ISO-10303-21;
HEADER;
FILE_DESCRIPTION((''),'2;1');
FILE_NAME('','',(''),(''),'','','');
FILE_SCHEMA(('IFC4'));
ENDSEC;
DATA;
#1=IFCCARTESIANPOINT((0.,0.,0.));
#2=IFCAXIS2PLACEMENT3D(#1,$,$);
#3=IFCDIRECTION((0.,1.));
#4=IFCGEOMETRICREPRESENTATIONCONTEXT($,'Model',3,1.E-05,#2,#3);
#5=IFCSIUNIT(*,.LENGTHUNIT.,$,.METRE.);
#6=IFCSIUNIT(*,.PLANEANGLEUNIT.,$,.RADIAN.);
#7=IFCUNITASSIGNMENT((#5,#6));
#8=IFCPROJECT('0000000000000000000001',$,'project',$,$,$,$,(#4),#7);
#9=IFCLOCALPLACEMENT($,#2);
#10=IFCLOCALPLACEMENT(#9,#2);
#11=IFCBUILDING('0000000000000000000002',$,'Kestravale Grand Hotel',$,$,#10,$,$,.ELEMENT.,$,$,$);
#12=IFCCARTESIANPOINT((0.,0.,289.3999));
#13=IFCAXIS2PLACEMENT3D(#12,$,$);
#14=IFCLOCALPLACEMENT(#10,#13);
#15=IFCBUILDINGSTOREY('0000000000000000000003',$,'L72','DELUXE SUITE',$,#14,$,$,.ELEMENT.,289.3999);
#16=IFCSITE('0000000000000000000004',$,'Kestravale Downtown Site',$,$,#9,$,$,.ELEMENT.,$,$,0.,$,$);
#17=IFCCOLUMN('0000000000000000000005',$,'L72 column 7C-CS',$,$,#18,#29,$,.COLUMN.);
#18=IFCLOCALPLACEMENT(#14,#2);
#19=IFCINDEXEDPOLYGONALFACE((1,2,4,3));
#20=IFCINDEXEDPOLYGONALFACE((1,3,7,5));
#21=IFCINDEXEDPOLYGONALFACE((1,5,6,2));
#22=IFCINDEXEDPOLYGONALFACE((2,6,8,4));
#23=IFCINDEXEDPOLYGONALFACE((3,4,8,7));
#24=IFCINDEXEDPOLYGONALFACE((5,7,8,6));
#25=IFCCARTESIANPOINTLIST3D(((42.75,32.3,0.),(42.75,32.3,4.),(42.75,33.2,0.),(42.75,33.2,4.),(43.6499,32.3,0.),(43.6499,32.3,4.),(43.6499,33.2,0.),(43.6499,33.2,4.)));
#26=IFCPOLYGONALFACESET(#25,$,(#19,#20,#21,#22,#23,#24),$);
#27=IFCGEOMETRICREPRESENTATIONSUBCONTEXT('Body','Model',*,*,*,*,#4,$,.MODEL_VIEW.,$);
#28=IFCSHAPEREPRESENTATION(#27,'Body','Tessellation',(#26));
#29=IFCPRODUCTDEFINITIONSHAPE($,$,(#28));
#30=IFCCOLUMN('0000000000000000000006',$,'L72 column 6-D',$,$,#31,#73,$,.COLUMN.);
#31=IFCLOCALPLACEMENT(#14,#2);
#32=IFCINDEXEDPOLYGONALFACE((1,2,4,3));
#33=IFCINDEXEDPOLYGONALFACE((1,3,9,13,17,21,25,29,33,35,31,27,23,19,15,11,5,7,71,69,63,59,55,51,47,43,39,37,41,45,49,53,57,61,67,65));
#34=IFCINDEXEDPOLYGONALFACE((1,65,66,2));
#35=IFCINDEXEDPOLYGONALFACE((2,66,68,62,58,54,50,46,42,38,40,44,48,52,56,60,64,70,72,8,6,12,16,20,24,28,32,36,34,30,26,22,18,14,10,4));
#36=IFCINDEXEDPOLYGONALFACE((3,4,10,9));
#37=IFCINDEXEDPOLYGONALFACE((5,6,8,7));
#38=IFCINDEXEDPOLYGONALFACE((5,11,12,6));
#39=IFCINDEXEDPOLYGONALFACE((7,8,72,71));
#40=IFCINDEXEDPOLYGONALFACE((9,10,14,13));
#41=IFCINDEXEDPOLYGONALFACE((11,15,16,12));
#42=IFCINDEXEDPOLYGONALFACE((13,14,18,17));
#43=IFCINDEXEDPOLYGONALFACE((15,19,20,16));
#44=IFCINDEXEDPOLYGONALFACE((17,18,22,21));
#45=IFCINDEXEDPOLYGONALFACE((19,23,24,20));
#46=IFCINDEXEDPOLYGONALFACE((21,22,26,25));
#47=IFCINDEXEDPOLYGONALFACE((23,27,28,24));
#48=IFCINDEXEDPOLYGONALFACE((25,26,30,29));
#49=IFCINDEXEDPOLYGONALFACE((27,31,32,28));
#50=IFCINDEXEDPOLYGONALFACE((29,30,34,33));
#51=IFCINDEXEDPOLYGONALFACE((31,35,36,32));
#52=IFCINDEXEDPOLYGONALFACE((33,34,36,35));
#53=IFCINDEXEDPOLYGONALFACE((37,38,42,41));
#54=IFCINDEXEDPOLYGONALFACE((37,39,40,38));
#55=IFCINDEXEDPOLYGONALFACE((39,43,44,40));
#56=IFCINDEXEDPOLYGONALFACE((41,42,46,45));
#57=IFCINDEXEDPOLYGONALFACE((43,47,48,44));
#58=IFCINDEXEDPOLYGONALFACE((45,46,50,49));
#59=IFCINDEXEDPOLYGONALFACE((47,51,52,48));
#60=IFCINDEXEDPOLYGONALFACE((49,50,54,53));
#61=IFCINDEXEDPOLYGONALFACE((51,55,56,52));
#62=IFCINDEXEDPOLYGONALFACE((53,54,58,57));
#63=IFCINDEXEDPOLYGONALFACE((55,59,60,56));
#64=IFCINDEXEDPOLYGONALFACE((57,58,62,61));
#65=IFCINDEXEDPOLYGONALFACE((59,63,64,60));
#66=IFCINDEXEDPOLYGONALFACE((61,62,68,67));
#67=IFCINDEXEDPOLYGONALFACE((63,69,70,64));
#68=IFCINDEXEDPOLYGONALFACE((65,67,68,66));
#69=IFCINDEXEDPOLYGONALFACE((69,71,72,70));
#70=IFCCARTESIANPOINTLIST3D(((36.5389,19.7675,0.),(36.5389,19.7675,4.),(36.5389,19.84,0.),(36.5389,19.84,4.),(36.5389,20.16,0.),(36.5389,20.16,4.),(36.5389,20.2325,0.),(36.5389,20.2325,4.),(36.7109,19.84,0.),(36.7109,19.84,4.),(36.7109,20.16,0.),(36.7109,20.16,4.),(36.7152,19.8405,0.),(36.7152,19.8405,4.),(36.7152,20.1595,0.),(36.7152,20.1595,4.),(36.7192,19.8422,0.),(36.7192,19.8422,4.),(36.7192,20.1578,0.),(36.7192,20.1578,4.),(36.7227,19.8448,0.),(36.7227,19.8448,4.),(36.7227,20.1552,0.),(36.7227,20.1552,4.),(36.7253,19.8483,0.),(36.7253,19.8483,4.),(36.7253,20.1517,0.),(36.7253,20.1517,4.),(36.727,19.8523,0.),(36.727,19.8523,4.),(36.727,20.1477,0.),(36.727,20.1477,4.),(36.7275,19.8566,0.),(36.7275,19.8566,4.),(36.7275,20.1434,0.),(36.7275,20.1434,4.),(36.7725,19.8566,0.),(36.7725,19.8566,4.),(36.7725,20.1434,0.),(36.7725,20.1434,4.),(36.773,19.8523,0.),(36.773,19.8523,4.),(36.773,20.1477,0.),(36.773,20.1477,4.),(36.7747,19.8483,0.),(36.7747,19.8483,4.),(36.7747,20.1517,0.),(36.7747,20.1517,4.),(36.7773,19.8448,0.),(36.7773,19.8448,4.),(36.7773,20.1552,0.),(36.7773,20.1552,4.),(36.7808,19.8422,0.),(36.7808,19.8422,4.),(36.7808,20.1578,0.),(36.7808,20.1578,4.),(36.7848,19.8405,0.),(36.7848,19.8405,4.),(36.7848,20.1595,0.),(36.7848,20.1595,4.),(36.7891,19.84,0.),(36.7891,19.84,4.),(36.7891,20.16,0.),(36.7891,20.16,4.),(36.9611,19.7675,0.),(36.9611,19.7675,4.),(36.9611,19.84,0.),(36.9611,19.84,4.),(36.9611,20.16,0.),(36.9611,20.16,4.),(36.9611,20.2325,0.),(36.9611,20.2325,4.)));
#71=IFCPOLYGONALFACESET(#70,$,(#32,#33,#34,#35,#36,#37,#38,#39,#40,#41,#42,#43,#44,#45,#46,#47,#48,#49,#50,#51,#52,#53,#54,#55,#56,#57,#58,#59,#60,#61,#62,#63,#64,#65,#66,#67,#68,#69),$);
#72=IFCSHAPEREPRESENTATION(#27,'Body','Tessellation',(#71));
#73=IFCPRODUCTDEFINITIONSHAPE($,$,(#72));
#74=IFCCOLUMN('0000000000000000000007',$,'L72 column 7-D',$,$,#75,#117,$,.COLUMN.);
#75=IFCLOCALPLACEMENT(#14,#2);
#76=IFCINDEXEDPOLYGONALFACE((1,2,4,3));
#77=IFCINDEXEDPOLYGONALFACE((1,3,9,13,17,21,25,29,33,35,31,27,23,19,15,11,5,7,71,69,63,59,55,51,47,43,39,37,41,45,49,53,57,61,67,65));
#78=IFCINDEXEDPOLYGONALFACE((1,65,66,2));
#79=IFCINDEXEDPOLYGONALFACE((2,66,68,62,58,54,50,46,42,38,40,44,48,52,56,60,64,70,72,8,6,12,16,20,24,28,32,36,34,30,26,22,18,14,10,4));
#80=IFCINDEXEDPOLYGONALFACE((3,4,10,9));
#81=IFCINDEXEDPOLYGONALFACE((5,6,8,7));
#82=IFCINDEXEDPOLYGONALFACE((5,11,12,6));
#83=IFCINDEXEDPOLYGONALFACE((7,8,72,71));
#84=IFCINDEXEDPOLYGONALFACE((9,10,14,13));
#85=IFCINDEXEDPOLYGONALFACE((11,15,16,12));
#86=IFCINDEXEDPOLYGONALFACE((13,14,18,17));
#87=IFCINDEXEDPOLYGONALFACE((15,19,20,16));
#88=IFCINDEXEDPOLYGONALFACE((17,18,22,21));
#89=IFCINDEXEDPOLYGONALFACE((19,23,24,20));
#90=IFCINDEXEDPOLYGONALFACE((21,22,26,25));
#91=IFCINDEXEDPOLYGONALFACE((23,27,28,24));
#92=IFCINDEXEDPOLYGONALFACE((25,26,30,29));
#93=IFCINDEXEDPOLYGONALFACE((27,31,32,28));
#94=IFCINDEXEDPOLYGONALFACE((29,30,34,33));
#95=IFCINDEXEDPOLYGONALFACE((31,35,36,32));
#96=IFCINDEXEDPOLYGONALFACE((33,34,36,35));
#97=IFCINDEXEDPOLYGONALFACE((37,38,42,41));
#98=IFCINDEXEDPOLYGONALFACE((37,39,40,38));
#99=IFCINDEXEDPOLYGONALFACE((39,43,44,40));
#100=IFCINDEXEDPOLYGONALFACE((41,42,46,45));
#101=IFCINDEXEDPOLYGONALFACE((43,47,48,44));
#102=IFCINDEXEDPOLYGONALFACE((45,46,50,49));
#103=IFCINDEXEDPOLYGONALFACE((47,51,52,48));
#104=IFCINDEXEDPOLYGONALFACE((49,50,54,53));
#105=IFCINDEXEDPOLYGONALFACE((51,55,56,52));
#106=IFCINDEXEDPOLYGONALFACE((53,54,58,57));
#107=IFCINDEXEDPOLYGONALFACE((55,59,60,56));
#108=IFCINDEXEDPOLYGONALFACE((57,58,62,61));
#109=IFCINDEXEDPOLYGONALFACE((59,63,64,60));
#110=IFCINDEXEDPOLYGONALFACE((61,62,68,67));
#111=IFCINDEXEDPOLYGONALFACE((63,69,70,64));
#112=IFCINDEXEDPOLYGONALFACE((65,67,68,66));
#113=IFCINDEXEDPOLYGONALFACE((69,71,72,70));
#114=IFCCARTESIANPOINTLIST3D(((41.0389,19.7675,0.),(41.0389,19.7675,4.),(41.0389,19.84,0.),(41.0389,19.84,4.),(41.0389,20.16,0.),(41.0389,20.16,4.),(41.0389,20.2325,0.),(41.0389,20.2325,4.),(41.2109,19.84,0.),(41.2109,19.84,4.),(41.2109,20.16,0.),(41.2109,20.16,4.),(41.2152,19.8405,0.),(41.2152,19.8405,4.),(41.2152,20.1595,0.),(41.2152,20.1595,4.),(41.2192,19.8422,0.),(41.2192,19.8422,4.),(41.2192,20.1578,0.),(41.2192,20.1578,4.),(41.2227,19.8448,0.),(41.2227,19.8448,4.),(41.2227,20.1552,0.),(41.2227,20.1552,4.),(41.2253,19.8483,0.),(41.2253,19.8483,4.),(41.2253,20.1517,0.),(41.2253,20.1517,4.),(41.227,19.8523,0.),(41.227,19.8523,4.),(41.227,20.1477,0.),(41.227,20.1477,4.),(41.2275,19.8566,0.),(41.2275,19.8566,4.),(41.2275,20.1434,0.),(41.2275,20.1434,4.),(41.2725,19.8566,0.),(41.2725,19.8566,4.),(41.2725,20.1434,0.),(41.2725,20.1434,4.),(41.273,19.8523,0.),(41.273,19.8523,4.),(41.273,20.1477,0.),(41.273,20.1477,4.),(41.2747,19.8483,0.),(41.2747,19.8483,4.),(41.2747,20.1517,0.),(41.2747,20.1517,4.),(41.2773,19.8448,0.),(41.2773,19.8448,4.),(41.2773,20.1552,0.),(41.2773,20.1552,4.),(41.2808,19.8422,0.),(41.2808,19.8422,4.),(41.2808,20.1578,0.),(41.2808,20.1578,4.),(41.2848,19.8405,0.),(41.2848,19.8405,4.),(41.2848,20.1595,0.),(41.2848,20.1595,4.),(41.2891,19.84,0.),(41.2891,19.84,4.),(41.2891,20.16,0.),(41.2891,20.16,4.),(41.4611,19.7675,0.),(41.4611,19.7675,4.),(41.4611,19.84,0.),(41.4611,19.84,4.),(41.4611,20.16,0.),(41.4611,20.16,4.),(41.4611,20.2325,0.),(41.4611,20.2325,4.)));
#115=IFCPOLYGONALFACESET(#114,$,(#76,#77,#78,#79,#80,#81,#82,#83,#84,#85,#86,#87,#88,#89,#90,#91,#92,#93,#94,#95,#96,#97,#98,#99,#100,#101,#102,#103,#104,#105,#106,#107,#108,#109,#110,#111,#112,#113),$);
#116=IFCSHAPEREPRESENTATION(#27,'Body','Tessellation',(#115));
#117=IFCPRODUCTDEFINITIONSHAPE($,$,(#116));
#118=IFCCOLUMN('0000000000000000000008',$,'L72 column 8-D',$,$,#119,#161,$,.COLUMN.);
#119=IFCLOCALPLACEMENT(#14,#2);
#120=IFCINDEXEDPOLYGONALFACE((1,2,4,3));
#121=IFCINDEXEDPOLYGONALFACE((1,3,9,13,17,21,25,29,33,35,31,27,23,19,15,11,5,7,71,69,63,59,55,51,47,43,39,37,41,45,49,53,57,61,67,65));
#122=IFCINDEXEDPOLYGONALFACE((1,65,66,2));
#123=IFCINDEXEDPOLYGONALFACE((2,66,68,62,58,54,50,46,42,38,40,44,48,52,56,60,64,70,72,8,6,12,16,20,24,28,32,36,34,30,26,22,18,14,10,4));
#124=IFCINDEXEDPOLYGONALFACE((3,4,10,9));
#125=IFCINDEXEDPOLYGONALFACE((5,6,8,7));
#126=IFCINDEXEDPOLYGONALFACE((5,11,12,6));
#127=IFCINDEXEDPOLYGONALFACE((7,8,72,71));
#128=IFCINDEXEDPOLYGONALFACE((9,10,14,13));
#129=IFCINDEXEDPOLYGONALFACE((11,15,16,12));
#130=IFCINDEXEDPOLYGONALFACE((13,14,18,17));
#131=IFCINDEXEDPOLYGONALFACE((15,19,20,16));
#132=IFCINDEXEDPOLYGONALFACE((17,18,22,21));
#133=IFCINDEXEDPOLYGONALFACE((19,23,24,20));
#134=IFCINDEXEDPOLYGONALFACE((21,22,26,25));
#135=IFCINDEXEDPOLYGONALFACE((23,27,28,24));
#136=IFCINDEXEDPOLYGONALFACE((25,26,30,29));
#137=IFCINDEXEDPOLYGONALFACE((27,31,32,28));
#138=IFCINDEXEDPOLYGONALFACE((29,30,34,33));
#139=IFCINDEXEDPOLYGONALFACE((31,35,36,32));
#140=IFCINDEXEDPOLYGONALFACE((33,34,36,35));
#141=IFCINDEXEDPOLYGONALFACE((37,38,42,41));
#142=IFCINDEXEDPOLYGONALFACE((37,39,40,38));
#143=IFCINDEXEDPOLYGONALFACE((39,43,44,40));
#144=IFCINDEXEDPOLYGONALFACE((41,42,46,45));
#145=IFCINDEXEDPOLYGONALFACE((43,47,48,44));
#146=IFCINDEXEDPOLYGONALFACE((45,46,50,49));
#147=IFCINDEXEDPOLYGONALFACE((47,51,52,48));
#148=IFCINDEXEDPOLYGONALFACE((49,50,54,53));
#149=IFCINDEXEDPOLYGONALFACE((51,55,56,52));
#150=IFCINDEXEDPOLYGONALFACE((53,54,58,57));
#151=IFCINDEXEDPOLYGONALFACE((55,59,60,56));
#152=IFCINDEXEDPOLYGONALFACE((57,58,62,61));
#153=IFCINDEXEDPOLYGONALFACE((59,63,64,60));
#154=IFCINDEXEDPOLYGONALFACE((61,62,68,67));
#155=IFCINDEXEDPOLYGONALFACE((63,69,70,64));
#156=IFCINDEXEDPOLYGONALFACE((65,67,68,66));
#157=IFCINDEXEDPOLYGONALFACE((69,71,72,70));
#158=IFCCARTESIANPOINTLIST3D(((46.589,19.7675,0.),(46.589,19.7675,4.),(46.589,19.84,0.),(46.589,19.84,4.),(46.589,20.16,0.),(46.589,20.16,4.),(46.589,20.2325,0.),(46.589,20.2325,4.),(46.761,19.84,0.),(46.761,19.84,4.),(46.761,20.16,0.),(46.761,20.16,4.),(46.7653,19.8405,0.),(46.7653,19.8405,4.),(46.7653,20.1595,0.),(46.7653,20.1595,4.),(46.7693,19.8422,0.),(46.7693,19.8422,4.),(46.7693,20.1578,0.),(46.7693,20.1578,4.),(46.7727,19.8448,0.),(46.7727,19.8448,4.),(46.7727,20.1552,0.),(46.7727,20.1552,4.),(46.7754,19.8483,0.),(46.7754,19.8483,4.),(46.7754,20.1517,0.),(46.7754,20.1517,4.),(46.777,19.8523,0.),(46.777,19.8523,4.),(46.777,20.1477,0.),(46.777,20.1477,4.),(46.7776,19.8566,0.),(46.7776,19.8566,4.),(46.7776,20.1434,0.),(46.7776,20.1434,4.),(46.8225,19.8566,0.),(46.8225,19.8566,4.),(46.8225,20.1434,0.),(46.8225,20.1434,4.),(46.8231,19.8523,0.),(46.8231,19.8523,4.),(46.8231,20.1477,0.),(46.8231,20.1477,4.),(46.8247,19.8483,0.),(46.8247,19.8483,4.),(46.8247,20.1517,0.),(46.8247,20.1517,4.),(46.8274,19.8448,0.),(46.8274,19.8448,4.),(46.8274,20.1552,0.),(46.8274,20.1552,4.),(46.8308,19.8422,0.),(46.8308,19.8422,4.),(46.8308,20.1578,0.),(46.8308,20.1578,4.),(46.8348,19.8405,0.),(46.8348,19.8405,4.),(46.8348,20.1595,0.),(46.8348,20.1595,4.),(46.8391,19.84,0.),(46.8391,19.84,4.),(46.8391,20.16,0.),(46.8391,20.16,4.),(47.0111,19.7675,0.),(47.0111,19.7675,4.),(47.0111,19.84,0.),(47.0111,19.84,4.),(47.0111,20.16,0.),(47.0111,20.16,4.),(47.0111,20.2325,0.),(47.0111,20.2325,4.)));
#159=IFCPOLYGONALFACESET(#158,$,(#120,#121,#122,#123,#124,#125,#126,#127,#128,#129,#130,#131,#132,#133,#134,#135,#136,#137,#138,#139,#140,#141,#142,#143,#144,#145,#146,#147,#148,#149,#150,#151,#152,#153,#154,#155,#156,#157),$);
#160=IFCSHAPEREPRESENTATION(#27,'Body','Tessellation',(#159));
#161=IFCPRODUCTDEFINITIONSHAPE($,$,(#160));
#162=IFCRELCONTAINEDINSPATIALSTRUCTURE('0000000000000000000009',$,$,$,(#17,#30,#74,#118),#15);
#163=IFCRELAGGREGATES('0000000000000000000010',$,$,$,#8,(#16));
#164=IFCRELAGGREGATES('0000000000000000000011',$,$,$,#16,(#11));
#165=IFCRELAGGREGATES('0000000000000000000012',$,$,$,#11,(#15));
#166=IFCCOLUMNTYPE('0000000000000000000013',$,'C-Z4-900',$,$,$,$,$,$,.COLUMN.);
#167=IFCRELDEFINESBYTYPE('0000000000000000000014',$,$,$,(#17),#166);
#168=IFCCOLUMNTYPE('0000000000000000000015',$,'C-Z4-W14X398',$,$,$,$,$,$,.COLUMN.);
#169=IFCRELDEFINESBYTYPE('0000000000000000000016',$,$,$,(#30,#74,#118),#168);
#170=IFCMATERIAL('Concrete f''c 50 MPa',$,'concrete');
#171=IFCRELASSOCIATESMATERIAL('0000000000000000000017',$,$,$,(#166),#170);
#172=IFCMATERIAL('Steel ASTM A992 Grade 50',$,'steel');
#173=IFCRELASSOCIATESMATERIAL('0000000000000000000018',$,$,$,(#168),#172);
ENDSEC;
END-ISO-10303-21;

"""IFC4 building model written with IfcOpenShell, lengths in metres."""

from ifc_helpers import new_model, si_unit, direction, frame, origin, origin_2d, place, context, subcontext, project, spatial, rectangle, i_section, extrude, material, material_profile, profile_set, type_object, element, save


model = new_model("IFC4")

# Units and contexts
model_context = context("Model", 3, precision=1e-05, world=origin(), true_north=direction((0.0, 1.0)))
body_context = subcontext(model_context, "Body", "Model", "MODEL_VIEW")
ifc_project = project(units=[si_unit("LENGTHUNIT", "METRE"), si_unit("PLANEANGLEUNIT", "RADIAN")], contexts=[model_context])

# Site, building, storey
site_placement = place(None, origin())
site = spatial("IfcSite", under=ifc_project, at=site_placement, Name="Kestravale Downtown Site", CompositionType="ELEMENT", RefElevation=0.0)
building_placement = place(site_placement, origin())
building = spatial("IfcBuilding", under=site, at=building_placement, Name="Kestravale Grand Hotel", CompositionType="ELEMENT")
storey_placement = place(building_placement, frame((0.0, 0.0, 289.3999)))
storey = spatial("IfcBuildingStorey", under=building, at=storey_placement, Name="L72", Description="DELUXE SUITE", CompositionType="ELEMENT", Elevation=289.3999)

# Columns
ifc_material_1 = material(Name="Concrete f'c 50 MPa", Category="concrete")
ifc_material_profile_1 = material_profile(ifc_material_1, rectangle(XDim=0.8999, YDim=0.8999, at=origin_2d()))
ifc_profile_set_1 = profile_set([ifc_material_profile_1], Name="Concrete f'c 50 MPa")
column_type_1 = type_object("IfcColumnType", Name="C-Z4-900", PredefinedType="COLUMN", material=ifc_profile_set_1)
column_placement = place(storey_placement, frame((43.2, 32.75, 0.0), z_axis=(0.0, 0.0, 1.0), x_axis=(1.0, 0.0, 0.0)))
element("IfcColumn", 1, at=column_placement, inside=storey, type_object=column_type_1, Name="L72 column 7C-CS", PredefinedType="COLUMN", context=body_context, shape_type="SweptSolid", body=[
    extrude(rectangle(XDim=0.8999, YDim=0.8999, at=origin_2d()), origin(), (0.0, 0.0, 1.0), 4.0),
])
ifc_material_2 = material(Name="Steel ASTM A992 Grade 50", Category="steel")
ifc_material_profile_2 = material_profile(ifc_material_2, i_section(OverallWidth=0.4221, OverallDepth=0.4651, WebThickness=0.0449, FlangeThickness=0.0725, FilletRadius=0.0166, at=origin_2d()))
ifc_profile_set_2 = profile_set([ifc_material_profile_2], Name="Steel ASTM A992 Grade 50")
column_type_2 = type_object("IfcColumnType", Name="C-Z4-W14X398", PredefinedType="COLUMN", material=ifc_profile_set_2)
for number, where, z_axis, x_axis, name in (
    (2, (36.75, 20.0, 0.0), (0.0, 0.0, 1.0), (1.0, 0.0, 0.0), "L72 column 6-D"),
    (3, (41.25, 20.0, 0.0), (0.0, 0.0, 1.0), (1.0, 0.0, 0.0), "L72 column 7-D"),
    (4, (46.8, 20.0, 0.0), (0.0, 0.0, 1.0), (1.0, 0.0, 0.0), "L72 column 8-D"),
):
    element("IfcColumn", number, at=place(storey_placement, frame(where, z_axis=z_axis, x_axis=x_axis)), inside=storey, type_object=column_type_2, Name=name, PredefinedType="COLUMN", context=body_context, shape_type="SweptSolid", body=[
        extrude(i_section(OverallWidth=0.4221, OverallDepth=0.4651, WebThickness=0.0449, FlangeThickness=0.0725, FilletRadius=0.0166, at=origin_2d()), origin(), (0.0, 0.0, 1.0), 4.0),
    ])

save(model, "model.ifc")
